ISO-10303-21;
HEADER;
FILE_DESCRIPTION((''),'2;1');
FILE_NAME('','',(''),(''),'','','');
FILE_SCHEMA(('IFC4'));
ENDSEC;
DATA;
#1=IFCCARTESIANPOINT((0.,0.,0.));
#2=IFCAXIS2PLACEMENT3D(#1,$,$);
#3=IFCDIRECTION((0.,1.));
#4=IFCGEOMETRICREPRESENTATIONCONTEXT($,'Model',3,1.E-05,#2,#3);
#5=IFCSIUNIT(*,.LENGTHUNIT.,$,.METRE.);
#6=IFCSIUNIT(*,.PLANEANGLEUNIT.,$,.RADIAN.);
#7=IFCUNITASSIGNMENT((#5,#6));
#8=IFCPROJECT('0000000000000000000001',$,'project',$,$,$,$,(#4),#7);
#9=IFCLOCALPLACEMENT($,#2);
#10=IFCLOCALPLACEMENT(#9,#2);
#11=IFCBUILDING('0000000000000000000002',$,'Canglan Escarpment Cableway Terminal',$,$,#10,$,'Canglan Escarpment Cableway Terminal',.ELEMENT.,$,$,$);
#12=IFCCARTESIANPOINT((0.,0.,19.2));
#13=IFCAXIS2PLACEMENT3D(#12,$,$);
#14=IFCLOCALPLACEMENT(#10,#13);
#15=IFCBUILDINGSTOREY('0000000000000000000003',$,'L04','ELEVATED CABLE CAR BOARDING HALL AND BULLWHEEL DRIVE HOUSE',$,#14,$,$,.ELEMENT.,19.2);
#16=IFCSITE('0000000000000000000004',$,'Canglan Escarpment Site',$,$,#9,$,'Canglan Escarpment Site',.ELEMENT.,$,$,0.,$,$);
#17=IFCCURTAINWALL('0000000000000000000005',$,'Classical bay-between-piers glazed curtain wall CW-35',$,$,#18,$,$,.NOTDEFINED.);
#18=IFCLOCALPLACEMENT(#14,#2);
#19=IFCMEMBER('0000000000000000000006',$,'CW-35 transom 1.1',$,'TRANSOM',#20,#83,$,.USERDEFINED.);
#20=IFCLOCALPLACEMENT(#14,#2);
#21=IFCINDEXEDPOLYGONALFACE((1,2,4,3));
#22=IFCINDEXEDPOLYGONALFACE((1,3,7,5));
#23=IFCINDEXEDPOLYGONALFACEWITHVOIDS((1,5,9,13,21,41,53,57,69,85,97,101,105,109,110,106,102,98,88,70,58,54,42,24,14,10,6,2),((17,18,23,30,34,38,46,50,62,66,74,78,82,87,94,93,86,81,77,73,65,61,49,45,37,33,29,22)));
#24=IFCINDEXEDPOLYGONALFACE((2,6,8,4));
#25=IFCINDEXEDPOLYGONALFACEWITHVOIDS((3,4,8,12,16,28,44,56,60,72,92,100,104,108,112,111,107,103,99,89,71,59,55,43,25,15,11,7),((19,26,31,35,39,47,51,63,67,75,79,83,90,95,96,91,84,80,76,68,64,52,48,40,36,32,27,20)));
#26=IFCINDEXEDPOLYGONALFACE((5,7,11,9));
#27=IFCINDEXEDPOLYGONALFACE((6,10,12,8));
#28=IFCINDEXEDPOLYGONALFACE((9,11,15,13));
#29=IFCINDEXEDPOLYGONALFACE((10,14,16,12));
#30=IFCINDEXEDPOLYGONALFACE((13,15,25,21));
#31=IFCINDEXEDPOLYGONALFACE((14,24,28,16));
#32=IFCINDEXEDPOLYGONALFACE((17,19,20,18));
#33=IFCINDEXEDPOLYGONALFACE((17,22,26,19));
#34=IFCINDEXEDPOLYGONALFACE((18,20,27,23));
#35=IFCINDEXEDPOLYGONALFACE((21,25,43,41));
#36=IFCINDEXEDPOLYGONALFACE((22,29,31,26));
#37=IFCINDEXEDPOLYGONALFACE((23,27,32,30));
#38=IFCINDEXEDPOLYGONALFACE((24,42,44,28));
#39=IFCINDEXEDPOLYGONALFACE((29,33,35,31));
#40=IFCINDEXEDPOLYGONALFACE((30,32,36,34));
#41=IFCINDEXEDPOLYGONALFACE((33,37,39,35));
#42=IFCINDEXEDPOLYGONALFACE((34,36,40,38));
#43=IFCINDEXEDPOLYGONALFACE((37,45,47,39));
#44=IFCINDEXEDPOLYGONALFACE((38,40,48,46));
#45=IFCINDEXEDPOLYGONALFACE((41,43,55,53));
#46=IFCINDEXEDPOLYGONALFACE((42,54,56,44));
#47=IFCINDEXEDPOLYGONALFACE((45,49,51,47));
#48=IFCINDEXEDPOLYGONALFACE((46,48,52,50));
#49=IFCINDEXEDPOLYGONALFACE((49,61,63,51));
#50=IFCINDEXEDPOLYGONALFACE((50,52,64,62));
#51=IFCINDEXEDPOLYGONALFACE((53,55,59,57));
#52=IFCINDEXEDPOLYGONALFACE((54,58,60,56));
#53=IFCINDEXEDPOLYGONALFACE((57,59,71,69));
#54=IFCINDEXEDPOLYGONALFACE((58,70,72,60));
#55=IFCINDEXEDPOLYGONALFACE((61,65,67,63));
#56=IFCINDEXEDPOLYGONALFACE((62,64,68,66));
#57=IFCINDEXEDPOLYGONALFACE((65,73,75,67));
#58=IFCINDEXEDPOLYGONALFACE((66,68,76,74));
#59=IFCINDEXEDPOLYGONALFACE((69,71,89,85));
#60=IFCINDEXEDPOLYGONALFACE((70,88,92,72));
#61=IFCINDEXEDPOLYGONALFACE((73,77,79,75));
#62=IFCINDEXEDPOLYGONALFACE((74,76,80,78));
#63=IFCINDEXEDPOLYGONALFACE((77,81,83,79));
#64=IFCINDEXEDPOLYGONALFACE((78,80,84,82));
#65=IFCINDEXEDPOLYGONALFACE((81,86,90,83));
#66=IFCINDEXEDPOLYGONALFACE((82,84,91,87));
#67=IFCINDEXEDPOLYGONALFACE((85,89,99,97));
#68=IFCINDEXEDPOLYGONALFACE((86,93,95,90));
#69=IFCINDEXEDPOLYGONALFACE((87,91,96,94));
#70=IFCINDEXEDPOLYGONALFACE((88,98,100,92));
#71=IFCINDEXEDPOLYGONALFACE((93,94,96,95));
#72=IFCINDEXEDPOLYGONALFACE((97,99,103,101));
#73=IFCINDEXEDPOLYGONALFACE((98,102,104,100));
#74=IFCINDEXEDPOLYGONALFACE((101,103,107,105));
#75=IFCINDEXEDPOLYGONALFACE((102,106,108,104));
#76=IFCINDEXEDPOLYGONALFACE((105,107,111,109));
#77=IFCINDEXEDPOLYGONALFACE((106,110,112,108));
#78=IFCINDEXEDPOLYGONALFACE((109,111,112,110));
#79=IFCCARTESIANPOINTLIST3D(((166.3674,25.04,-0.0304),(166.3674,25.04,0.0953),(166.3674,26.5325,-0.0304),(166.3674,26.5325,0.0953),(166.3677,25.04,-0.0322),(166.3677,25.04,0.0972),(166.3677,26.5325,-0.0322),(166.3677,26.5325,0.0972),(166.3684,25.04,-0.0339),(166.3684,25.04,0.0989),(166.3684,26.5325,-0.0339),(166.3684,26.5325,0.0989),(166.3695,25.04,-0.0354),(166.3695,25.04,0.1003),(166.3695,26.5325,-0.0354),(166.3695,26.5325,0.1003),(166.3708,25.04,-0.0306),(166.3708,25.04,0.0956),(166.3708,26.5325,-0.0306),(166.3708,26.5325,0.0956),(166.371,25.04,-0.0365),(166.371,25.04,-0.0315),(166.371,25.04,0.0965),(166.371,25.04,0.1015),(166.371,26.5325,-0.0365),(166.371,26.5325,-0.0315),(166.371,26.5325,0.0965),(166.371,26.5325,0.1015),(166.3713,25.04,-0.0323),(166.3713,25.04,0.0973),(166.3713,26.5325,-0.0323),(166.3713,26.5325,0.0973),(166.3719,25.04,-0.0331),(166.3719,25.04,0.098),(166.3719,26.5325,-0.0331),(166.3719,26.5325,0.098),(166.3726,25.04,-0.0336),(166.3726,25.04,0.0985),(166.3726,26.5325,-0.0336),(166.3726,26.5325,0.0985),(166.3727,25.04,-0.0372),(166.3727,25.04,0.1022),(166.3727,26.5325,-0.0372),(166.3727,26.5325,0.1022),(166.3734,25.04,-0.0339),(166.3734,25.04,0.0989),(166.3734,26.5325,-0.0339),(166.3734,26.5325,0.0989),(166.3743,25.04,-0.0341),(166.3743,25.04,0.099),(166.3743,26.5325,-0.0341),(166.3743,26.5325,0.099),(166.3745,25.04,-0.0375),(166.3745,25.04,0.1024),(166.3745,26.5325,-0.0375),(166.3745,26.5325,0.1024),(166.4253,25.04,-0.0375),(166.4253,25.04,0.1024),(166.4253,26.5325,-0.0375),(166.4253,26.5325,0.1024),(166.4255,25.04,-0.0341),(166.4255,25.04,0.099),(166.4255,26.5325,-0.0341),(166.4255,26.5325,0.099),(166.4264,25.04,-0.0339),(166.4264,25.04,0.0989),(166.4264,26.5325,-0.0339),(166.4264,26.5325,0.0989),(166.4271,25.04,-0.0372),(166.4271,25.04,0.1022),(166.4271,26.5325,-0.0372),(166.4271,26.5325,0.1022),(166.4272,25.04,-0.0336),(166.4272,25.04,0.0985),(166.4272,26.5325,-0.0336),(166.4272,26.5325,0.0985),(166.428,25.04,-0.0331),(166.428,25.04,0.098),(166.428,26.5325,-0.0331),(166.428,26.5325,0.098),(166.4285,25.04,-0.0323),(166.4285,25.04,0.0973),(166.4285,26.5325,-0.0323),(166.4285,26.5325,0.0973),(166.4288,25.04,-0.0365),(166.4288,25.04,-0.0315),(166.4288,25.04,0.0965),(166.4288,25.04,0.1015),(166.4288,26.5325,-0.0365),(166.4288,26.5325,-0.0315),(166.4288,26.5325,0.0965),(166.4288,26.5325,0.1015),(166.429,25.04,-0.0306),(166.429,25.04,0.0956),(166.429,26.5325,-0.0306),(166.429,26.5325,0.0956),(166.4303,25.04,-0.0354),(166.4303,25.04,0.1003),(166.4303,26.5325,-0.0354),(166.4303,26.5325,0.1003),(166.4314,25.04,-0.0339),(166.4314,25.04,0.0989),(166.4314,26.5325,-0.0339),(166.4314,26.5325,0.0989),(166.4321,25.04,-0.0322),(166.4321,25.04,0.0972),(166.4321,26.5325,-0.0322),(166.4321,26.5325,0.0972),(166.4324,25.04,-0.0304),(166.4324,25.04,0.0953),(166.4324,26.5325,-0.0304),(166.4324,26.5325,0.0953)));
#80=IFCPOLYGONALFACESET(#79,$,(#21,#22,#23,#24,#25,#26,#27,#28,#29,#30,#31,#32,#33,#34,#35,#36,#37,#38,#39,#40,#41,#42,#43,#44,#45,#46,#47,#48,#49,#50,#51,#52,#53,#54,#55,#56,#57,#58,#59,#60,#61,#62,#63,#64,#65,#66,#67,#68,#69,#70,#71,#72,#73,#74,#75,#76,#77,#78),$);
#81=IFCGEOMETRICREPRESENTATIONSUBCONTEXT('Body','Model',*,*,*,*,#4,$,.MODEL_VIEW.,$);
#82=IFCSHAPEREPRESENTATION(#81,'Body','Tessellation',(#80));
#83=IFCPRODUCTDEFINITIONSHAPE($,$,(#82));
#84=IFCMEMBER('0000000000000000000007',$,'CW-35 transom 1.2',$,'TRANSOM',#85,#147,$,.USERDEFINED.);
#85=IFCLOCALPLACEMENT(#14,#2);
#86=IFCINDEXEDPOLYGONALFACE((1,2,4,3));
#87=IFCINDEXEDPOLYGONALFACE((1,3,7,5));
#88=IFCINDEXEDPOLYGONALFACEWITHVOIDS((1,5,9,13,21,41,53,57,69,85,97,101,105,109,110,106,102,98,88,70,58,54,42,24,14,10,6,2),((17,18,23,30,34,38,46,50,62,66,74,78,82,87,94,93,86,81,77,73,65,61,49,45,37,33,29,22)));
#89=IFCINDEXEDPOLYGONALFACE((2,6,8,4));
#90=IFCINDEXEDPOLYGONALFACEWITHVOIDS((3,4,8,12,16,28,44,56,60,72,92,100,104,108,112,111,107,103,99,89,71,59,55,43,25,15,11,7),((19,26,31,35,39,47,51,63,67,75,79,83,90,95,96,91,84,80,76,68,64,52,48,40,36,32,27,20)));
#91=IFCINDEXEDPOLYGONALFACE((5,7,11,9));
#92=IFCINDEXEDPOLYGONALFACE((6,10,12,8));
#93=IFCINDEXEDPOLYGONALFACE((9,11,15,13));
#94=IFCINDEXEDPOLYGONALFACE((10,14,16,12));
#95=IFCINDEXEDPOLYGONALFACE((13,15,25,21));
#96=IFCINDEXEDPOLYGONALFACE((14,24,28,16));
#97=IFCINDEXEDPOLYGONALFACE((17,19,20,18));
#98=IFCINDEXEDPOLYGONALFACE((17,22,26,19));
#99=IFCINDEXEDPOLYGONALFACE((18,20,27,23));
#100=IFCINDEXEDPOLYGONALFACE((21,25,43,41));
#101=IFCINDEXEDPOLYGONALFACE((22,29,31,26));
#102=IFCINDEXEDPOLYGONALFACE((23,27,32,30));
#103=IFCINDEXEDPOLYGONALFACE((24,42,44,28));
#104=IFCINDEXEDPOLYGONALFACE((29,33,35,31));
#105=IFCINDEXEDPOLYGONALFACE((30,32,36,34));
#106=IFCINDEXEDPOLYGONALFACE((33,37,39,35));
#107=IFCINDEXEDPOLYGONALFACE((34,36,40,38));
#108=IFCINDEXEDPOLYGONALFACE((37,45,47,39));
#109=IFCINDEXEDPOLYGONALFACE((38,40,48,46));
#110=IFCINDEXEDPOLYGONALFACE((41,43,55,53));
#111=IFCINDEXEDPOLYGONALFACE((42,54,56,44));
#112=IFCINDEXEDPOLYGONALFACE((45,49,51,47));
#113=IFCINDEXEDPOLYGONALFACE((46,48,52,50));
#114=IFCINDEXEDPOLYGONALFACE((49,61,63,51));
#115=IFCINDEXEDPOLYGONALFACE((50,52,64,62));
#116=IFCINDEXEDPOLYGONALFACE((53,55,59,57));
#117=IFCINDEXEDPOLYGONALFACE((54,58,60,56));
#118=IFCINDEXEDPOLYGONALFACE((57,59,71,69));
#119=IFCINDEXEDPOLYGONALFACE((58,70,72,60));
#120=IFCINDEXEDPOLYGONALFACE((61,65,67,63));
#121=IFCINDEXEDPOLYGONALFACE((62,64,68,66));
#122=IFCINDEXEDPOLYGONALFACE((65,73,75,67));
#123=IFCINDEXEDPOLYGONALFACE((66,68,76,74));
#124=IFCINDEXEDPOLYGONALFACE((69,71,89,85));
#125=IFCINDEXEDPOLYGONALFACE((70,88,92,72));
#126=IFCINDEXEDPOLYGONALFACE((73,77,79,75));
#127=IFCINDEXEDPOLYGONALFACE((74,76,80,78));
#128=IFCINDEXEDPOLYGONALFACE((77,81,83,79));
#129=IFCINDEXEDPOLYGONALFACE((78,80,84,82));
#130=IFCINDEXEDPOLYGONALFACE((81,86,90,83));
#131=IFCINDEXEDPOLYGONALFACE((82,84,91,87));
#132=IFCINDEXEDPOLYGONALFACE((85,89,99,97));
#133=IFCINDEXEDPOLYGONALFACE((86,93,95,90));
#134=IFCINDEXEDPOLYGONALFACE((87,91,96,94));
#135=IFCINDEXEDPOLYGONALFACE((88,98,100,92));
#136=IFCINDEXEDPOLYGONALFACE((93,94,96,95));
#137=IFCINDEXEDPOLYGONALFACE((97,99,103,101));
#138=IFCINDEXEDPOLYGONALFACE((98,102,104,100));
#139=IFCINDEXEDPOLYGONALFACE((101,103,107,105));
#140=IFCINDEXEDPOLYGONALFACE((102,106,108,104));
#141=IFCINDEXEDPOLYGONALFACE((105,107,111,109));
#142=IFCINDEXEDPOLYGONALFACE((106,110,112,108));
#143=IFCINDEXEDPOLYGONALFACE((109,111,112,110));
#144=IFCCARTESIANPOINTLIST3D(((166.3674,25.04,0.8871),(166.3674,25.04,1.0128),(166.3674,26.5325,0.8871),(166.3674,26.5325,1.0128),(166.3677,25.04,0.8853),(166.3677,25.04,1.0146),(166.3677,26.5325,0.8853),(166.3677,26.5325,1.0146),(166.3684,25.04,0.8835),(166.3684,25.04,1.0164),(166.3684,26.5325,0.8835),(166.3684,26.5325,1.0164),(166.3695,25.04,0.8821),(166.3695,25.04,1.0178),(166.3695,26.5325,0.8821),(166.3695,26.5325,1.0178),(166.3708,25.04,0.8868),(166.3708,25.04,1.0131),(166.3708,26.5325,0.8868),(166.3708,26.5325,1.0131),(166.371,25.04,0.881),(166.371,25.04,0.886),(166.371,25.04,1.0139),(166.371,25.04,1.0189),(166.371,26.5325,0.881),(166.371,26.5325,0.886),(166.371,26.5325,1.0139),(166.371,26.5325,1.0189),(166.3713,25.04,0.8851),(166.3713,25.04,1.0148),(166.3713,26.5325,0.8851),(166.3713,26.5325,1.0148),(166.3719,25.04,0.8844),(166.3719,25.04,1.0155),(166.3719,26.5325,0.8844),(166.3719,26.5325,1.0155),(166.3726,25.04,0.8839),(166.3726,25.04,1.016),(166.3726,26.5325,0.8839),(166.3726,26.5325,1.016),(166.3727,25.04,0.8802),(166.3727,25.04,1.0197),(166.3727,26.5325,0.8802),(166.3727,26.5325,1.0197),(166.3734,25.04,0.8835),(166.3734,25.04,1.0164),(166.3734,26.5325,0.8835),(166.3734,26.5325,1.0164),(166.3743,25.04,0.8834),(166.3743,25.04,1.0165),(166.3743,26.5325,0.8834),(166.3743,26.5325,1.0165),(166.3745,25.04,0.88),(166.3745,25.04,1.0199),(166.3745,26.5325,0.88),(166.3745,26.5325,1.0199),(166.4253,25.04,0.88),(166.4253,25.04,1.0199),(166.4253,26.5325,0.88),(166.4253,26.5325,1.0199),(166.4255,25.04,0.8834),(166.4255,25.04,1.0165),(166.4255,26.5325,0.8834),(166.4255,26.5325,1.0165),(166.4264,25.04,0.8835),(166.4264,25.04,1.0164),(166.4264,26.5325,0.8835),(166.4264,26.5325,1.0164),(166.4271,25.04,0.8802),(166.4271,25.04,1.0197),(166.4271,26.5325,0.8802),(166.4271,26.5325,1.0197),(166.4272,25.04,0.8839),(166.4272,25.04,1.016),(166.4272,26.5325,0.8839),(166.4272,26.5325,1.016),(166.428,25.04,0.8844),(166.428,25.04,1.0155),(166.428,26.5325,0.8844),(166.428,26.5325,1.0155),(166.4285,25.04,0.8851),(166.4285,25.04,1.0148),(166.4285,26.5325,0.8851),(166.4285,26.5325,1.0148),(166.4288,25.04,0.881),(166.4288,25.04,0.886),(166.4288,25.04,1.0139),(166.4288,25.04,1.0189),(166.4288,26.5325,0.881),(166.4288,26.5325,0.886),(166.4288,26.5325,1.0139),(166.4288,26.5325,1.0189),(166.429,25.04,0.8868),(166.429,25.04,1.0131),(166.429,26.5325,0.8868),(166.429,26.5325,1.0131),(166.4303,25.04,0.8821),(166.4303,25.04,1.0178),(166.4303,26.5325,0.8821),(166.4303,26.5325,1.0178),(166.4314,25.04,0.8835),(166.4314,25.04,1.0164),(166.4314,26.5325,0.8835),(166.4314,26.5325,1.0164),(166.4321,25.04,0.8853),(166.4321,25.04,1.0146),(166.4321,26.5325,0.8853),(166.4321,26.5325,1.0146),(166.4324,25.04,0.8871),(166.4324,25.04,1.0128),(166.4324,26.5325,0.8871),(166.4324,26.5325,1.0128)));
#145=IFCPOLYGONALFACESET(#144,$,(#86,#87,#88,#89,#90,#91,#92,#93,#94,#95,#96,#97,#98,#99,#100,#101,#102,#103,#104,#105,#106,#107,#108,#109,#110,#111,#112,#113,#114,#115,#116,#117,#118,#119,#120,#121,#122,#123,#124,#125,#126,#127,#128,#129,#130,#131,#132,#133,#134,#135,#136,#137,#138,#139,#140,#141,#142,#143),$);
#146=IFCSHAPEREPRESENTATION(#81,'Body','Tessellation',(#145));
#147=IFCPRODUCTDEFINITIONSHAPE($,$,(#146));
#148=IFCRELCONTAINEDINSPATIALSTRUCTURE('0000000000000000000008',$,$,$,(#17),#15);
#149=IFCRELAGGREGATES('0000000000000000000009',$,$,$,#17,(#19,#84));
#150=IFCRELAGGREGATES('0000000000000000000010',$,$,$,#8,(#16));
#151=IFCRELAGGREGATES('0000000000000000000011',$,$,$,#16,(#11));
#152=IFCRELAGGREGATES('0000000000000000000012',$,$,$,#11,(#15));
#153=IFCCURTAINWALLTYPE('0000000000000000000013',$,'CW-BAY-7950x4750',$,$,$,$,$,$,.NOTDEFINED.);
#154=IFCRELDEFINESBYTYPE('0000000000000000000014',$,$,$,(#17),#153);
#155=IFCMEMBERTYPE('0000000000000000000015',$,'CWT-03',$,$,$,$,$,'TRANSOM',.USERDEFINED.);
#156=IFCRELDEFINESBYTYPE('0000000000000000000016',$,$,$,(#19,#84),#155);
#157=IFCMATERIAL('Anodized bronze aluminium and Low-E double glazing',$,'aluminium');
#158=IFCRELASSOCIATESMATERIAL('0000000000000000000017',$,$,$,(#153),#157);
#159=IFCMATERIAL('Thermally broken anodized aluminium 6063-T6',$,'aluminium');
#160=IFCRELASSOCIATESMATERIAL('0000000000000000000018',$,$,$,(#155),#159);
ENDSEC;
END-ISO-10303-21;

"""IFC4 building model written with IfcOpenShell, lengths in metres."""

from ifc_helpers import new_model, si_unit, direction, frame, origin, origin_2d, place, context, subcontext, project, spatial, hollow_rectangle, extrude, material, material_profile, profile_set, type_object, element, aggregate, save


model = new_model("IFC4")

# Units and contexts
model_context = context("Model", 3, precision=1e-05, world=origin(), true_north=direction((0.0, 1.0)))
body_context = subcontext(model_context, "Body", "Model", "MODEL_VIEW")
ifc_project = project(units=[si_unit("LENGTHUNIT", "METRE"), si_unit("PLANEANGLEUNIT", "RADIAN")], contexts=[model_context])

# Site, building, storey
site_placement = place(None, origin())
site = spatial("IfcSite", under=ifc_project, at=site_placement, Name="Canglan Escarpment Site", LongName="Canglan Escarpment Site", CompositionType="ELEMENT", RefElevation=0.0)
building_placement = place(site_placement, origin())
building = spatial("IfcBuilding", under=site, at=building_placement, Name="Canglan Escarpment Cableway Terminal", LongName="Canglan Escarpment Cableway Terminal", CompositionType="ELEMENT")
storey_placement = place(building_placement, frame((0.0, 0.0, 19.2)))
storey = spatial("IfcBuildingStorey", under=building, at=storey_placement, Name="L04", Description="ELEVATED CABLE CAR BOARDING HALL AND BULLWHEEL DRIVE HOUSE", CompositionType="ELEMENT", Elevation=19.2)

# Shared definitions
ifc_material_1 = material(Name="Anodized bronze aluminium and Low-E double glazing", Category="aluminium")
ifc_material_2 = material(Name="Thermally broken anodized aluminium 6063-T6", Category="aluminium")

# Curtain wall
curtain_wall_type_1 = type_object("IfcCurtainWallType", Name="CW-BAY-7950x4750", PredefinedType="NOTDEFINED", material=ifc_material_1)
curtain_wall_1_placement = place(storey_placement, origin())
curtain_wall_1 = element("IfcCurtainWall", 1, at=curtain_wall_1_placement, inside=storey, type_object=curtain_wall_type_1, Name="Classical bay-between-piers glazed curtain wall CW-35", PredefinedType="NOTDEFINED")

# Members
ifc_material_profile_1 = material_profile(ifc_material_2, hollow_rectangle(XDim=0.0649, YDim=0.1399, WallThickness=0.0034, InnerFilletRadius=0.0034, OuterFilletRadius=0.0071, at=origin_2d()), Name="ALU-TRAN 65x140x3.5")
ifc_profile_set_1 = profile_set([ifc_material_profile_1], Name="Thermally broken anodized aluminium 6063-T6")
member_type_1 = type_object("IfcMemberType", Name="CWT-03", ElementType="TRANSOM", PredefinedType="USERDEFINED", material=ifc_profile_set_1)
member_1_placement = place(storey_placement, frame((166.3999, 25.04, 0.0325), z_axis=(0.0, 1.0, 0.0), x_axis=(-1.0, 0.0, 0.0)))
member_1 = element("IfcMember", 2, at=member_1_placement, type_object=member_type_1, Name="CW-35 transom 1.1", ObjectType="TRANSOM", PredefinedType="USERDEFINED", context=body_context, shape_type="SweptSolid", body=[
    extrude(hollow_rectangle(XDim=0.0649, YDim=0.1399, WallThickness=0.0034, InnerFilletRadius=0.0034, OuterFilletRadius=0.0071, at=origin_2d()), origin(), (0.0, 0.0, 1.0), 1.4924),
])
member_2_placement = place(storey_placement, frame((166.3999, 25.04, 0.95), z_axis=(0.0, 1.0, 0.0), x_axis=(-1.0, 0.0, 0.0)))
member_2 = element("IfcMember", 3, at=member_2_placement, type_object=member_type_1, Name="CW-35 transom 1.2", ObjectType="TRANSOM", PredefinedType="USERDEFINED", context=body_context, shape_type="SweptSolid", body=[
    extrude(hollow_rectangle(XDim=0.0649, YDim=0.1399, WallThickness=0.0034, InnerFilletRadius=0.0034, OuterFilletRadius=0.0071, at=origin_2d()), origin(), (0.0, 0.0, 1.0), 1.4924),
])

aggregate(curtain_wall_1, [member_1, member_2])

save(model, "model.ifc")
